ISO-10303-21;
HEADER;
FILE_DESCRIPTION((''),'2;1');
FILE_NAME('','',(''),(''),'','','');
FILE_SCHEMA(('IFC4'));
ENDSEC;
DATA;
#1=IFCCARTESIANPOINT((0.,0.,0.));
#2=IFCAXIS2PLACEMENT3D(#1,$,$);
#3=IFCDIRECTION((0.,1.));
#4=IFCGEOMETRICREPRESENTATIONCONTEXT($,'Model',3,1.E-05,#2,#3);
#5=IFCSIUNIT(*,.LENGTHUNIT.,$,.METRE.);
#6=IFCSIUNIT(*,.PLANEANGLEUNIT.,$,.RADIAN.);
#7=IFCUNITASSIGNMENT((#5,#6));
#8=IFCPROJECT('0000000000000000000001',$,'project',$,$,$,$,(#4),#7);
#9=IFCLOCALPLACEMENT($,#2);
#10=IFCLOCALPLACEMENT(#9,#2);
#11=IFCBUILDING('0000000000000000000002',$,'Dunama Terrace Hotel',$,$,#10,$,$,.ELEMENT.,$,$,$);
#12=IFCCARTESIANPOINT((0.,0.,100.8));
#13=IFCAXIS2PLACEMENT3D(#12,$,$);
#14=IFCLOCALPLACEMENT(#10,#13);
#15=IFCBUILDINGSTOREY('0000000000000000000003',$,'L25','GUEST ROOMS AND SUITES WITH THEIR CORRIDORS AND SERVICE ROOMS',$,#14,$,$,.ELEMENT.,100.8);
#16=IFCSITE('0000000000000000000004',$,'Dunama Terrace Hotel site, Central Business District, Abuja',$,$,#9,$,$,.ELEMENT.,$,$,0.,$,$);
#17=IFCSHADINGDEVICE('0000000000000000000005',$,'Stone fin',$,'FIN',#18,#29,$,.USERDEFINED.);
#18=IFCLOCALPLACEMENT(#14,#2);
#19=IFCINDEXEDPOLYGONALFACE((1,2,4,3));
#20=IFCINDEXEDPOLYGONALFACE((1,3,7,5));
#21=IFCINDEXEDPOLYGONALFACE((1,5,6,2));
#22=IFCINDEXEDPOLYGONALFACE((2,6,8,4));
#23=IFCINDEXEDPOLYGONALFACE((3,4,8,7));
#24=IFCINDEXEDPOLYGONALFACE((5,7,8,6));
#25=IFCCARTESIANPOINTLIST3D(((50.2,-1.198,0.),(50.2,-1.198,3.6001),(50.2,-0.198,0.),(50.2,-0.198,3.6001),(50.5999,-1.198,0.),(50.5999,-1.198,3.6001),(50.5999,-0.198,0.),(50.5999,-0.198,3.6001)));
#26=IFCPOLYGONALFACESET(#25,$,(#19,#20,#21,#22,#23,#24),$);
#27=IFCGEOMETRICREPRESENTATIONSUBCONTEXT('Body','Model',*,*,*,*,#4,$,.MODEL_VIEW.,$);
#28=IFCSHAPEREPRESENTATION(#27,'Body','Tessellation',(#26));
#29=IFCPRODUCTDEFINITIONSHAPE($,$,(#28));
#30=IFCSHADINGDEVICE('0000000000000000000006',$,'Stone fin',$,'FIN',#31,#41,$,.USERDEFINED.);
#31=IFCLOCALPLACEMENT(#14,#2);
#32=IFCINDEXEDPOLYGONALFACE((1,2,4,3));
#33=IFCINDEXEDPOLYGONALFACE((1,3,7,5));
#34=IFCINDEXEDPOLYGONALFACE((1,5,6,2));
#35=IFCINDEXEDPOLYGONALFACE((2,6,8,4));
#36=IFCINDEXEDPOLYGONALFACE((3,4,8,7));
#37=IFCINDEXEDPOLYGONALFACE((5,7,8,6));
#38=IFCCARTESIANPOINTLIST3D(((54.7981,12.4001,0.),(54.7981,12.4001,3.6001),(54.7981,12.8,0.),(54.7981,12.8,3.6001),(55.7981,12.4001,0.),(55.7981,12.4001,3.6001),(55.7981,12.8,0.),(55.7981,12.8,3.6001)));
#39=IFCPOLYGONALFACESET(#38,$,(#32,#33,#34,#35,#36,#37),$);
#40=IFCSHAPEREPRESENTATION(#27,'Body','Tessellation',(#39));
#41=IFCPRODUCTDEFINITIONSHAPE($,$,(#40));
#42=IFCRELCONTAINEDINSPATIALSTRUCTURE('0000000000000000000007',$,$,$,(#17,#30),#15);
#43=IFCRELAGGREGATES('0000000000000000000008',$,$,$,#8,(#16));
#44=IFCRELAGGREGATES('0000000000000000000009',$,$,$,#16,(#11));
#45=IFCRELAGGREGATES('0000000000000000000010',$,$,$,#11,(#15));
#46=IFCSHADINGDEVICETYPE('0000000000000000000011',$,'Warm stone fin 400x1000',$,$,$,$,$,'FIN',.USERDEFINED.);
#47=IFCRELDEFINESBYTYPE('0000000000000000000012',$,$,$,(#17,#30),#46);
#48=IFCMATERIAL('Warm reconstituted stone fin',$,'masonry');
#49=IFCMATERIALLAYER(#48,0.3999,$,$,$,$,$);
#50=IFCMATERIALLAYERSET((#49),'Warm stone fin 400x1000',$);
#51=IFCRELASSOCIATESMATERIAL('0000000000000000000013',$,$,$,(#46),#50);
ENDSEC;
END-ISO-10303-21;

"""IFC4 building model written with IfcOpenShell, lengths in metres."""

from ifc_helpers import new_model, si_unit, direction, frame, origin, origin_2d, place, context, subcontext, project, spatial, rectangle, extrude, material, layer, layer_set, type_object, element, save


model = new_model("IFC4")

# Units and contexts
model_context = context("Model", 3, precision=1e-05, world=origin(), true_north=direction((0.0, 1.0)))
body_context = subcontext(model_context, "Body", "Model", "MODEL_VIEW")
ifc_project = project(units=[si_unit("LENGTHUNIT", "METRE"), si_unit("PLANEANGLEUNIT", "RADIAN")], contexts=[model_context])

# Site, building, storey
site_placement = place(None, origin())
site = spatial("IfcSite", under=ifc_project, at=site_placement, Name="Dunama Terrace Hotel site, Central Business District, Abuja", CompositionType="ELEMENT", RefElevation=0.0)
building_placement = place(site_placement, origin())
building = spatial("IfcBuilding", under=site, at=building_placement, Name="Dunama Terrace Hotel", CompositionType="ELEMENT")
storey_placement = place(building_placement, frame((0.0, 0.0, 100.8)))
storey = spatial("IfcBuildingStorey", under=building, at=storey_placement, Name="L25", Description="GUEST ROOMS AND SUITES WITH THEIR CORRIDORS AND SERVICE ROOMS", CompositionType="ELEMENT", Elevation=100.8)

# Shading devices
ifc_material_1 = material(Name="Warm reconstituted stone fin", Category="masonry")
ifc_layer_1 = layer(ifc_material_1, 0.3999)
ifc_layer_set_1 = layer_set([ifc_layer_1], Name="Warm stone fin 400x1000")
shading_device_type = type_object("IfcShadingDeviceType", Name="Warm stone fin 400x1000", ElementType="FIN", PredefinedType="USERDEFINED", material=ifc_layer_set_1)
for number, where, z_axis, x_axis, name in (
    (1, (50.3999, -0.698, 0.0), (0.0, 0.0, 1.0), (1.0, 0.0, 0.0), "Stone fin"),
    (2, (55.2981, 12.6001, 0.0), (0.0, 0.0, 1.0), (0.0, 1.0, 0.0), "Stone fin"),
):
    element("IfcShadingDevice", number, at=place(storey_placement, frame(where, z_axis=z_axis, x_axis=x_axis)), inside=storey, type_object=shading_device_type, Name=name, ObjectType="FIN", PredefinedType="USERDEFINED", context=body_context, shape_type="SweptSolid", body=[
        extrude(rectangle(XDim=0.3999, YDim=1.0, at=origin_2d()), origin(), (0.0, 0.0, 1.0), 3.6001),
    ])

save(model, "model.ifc")
